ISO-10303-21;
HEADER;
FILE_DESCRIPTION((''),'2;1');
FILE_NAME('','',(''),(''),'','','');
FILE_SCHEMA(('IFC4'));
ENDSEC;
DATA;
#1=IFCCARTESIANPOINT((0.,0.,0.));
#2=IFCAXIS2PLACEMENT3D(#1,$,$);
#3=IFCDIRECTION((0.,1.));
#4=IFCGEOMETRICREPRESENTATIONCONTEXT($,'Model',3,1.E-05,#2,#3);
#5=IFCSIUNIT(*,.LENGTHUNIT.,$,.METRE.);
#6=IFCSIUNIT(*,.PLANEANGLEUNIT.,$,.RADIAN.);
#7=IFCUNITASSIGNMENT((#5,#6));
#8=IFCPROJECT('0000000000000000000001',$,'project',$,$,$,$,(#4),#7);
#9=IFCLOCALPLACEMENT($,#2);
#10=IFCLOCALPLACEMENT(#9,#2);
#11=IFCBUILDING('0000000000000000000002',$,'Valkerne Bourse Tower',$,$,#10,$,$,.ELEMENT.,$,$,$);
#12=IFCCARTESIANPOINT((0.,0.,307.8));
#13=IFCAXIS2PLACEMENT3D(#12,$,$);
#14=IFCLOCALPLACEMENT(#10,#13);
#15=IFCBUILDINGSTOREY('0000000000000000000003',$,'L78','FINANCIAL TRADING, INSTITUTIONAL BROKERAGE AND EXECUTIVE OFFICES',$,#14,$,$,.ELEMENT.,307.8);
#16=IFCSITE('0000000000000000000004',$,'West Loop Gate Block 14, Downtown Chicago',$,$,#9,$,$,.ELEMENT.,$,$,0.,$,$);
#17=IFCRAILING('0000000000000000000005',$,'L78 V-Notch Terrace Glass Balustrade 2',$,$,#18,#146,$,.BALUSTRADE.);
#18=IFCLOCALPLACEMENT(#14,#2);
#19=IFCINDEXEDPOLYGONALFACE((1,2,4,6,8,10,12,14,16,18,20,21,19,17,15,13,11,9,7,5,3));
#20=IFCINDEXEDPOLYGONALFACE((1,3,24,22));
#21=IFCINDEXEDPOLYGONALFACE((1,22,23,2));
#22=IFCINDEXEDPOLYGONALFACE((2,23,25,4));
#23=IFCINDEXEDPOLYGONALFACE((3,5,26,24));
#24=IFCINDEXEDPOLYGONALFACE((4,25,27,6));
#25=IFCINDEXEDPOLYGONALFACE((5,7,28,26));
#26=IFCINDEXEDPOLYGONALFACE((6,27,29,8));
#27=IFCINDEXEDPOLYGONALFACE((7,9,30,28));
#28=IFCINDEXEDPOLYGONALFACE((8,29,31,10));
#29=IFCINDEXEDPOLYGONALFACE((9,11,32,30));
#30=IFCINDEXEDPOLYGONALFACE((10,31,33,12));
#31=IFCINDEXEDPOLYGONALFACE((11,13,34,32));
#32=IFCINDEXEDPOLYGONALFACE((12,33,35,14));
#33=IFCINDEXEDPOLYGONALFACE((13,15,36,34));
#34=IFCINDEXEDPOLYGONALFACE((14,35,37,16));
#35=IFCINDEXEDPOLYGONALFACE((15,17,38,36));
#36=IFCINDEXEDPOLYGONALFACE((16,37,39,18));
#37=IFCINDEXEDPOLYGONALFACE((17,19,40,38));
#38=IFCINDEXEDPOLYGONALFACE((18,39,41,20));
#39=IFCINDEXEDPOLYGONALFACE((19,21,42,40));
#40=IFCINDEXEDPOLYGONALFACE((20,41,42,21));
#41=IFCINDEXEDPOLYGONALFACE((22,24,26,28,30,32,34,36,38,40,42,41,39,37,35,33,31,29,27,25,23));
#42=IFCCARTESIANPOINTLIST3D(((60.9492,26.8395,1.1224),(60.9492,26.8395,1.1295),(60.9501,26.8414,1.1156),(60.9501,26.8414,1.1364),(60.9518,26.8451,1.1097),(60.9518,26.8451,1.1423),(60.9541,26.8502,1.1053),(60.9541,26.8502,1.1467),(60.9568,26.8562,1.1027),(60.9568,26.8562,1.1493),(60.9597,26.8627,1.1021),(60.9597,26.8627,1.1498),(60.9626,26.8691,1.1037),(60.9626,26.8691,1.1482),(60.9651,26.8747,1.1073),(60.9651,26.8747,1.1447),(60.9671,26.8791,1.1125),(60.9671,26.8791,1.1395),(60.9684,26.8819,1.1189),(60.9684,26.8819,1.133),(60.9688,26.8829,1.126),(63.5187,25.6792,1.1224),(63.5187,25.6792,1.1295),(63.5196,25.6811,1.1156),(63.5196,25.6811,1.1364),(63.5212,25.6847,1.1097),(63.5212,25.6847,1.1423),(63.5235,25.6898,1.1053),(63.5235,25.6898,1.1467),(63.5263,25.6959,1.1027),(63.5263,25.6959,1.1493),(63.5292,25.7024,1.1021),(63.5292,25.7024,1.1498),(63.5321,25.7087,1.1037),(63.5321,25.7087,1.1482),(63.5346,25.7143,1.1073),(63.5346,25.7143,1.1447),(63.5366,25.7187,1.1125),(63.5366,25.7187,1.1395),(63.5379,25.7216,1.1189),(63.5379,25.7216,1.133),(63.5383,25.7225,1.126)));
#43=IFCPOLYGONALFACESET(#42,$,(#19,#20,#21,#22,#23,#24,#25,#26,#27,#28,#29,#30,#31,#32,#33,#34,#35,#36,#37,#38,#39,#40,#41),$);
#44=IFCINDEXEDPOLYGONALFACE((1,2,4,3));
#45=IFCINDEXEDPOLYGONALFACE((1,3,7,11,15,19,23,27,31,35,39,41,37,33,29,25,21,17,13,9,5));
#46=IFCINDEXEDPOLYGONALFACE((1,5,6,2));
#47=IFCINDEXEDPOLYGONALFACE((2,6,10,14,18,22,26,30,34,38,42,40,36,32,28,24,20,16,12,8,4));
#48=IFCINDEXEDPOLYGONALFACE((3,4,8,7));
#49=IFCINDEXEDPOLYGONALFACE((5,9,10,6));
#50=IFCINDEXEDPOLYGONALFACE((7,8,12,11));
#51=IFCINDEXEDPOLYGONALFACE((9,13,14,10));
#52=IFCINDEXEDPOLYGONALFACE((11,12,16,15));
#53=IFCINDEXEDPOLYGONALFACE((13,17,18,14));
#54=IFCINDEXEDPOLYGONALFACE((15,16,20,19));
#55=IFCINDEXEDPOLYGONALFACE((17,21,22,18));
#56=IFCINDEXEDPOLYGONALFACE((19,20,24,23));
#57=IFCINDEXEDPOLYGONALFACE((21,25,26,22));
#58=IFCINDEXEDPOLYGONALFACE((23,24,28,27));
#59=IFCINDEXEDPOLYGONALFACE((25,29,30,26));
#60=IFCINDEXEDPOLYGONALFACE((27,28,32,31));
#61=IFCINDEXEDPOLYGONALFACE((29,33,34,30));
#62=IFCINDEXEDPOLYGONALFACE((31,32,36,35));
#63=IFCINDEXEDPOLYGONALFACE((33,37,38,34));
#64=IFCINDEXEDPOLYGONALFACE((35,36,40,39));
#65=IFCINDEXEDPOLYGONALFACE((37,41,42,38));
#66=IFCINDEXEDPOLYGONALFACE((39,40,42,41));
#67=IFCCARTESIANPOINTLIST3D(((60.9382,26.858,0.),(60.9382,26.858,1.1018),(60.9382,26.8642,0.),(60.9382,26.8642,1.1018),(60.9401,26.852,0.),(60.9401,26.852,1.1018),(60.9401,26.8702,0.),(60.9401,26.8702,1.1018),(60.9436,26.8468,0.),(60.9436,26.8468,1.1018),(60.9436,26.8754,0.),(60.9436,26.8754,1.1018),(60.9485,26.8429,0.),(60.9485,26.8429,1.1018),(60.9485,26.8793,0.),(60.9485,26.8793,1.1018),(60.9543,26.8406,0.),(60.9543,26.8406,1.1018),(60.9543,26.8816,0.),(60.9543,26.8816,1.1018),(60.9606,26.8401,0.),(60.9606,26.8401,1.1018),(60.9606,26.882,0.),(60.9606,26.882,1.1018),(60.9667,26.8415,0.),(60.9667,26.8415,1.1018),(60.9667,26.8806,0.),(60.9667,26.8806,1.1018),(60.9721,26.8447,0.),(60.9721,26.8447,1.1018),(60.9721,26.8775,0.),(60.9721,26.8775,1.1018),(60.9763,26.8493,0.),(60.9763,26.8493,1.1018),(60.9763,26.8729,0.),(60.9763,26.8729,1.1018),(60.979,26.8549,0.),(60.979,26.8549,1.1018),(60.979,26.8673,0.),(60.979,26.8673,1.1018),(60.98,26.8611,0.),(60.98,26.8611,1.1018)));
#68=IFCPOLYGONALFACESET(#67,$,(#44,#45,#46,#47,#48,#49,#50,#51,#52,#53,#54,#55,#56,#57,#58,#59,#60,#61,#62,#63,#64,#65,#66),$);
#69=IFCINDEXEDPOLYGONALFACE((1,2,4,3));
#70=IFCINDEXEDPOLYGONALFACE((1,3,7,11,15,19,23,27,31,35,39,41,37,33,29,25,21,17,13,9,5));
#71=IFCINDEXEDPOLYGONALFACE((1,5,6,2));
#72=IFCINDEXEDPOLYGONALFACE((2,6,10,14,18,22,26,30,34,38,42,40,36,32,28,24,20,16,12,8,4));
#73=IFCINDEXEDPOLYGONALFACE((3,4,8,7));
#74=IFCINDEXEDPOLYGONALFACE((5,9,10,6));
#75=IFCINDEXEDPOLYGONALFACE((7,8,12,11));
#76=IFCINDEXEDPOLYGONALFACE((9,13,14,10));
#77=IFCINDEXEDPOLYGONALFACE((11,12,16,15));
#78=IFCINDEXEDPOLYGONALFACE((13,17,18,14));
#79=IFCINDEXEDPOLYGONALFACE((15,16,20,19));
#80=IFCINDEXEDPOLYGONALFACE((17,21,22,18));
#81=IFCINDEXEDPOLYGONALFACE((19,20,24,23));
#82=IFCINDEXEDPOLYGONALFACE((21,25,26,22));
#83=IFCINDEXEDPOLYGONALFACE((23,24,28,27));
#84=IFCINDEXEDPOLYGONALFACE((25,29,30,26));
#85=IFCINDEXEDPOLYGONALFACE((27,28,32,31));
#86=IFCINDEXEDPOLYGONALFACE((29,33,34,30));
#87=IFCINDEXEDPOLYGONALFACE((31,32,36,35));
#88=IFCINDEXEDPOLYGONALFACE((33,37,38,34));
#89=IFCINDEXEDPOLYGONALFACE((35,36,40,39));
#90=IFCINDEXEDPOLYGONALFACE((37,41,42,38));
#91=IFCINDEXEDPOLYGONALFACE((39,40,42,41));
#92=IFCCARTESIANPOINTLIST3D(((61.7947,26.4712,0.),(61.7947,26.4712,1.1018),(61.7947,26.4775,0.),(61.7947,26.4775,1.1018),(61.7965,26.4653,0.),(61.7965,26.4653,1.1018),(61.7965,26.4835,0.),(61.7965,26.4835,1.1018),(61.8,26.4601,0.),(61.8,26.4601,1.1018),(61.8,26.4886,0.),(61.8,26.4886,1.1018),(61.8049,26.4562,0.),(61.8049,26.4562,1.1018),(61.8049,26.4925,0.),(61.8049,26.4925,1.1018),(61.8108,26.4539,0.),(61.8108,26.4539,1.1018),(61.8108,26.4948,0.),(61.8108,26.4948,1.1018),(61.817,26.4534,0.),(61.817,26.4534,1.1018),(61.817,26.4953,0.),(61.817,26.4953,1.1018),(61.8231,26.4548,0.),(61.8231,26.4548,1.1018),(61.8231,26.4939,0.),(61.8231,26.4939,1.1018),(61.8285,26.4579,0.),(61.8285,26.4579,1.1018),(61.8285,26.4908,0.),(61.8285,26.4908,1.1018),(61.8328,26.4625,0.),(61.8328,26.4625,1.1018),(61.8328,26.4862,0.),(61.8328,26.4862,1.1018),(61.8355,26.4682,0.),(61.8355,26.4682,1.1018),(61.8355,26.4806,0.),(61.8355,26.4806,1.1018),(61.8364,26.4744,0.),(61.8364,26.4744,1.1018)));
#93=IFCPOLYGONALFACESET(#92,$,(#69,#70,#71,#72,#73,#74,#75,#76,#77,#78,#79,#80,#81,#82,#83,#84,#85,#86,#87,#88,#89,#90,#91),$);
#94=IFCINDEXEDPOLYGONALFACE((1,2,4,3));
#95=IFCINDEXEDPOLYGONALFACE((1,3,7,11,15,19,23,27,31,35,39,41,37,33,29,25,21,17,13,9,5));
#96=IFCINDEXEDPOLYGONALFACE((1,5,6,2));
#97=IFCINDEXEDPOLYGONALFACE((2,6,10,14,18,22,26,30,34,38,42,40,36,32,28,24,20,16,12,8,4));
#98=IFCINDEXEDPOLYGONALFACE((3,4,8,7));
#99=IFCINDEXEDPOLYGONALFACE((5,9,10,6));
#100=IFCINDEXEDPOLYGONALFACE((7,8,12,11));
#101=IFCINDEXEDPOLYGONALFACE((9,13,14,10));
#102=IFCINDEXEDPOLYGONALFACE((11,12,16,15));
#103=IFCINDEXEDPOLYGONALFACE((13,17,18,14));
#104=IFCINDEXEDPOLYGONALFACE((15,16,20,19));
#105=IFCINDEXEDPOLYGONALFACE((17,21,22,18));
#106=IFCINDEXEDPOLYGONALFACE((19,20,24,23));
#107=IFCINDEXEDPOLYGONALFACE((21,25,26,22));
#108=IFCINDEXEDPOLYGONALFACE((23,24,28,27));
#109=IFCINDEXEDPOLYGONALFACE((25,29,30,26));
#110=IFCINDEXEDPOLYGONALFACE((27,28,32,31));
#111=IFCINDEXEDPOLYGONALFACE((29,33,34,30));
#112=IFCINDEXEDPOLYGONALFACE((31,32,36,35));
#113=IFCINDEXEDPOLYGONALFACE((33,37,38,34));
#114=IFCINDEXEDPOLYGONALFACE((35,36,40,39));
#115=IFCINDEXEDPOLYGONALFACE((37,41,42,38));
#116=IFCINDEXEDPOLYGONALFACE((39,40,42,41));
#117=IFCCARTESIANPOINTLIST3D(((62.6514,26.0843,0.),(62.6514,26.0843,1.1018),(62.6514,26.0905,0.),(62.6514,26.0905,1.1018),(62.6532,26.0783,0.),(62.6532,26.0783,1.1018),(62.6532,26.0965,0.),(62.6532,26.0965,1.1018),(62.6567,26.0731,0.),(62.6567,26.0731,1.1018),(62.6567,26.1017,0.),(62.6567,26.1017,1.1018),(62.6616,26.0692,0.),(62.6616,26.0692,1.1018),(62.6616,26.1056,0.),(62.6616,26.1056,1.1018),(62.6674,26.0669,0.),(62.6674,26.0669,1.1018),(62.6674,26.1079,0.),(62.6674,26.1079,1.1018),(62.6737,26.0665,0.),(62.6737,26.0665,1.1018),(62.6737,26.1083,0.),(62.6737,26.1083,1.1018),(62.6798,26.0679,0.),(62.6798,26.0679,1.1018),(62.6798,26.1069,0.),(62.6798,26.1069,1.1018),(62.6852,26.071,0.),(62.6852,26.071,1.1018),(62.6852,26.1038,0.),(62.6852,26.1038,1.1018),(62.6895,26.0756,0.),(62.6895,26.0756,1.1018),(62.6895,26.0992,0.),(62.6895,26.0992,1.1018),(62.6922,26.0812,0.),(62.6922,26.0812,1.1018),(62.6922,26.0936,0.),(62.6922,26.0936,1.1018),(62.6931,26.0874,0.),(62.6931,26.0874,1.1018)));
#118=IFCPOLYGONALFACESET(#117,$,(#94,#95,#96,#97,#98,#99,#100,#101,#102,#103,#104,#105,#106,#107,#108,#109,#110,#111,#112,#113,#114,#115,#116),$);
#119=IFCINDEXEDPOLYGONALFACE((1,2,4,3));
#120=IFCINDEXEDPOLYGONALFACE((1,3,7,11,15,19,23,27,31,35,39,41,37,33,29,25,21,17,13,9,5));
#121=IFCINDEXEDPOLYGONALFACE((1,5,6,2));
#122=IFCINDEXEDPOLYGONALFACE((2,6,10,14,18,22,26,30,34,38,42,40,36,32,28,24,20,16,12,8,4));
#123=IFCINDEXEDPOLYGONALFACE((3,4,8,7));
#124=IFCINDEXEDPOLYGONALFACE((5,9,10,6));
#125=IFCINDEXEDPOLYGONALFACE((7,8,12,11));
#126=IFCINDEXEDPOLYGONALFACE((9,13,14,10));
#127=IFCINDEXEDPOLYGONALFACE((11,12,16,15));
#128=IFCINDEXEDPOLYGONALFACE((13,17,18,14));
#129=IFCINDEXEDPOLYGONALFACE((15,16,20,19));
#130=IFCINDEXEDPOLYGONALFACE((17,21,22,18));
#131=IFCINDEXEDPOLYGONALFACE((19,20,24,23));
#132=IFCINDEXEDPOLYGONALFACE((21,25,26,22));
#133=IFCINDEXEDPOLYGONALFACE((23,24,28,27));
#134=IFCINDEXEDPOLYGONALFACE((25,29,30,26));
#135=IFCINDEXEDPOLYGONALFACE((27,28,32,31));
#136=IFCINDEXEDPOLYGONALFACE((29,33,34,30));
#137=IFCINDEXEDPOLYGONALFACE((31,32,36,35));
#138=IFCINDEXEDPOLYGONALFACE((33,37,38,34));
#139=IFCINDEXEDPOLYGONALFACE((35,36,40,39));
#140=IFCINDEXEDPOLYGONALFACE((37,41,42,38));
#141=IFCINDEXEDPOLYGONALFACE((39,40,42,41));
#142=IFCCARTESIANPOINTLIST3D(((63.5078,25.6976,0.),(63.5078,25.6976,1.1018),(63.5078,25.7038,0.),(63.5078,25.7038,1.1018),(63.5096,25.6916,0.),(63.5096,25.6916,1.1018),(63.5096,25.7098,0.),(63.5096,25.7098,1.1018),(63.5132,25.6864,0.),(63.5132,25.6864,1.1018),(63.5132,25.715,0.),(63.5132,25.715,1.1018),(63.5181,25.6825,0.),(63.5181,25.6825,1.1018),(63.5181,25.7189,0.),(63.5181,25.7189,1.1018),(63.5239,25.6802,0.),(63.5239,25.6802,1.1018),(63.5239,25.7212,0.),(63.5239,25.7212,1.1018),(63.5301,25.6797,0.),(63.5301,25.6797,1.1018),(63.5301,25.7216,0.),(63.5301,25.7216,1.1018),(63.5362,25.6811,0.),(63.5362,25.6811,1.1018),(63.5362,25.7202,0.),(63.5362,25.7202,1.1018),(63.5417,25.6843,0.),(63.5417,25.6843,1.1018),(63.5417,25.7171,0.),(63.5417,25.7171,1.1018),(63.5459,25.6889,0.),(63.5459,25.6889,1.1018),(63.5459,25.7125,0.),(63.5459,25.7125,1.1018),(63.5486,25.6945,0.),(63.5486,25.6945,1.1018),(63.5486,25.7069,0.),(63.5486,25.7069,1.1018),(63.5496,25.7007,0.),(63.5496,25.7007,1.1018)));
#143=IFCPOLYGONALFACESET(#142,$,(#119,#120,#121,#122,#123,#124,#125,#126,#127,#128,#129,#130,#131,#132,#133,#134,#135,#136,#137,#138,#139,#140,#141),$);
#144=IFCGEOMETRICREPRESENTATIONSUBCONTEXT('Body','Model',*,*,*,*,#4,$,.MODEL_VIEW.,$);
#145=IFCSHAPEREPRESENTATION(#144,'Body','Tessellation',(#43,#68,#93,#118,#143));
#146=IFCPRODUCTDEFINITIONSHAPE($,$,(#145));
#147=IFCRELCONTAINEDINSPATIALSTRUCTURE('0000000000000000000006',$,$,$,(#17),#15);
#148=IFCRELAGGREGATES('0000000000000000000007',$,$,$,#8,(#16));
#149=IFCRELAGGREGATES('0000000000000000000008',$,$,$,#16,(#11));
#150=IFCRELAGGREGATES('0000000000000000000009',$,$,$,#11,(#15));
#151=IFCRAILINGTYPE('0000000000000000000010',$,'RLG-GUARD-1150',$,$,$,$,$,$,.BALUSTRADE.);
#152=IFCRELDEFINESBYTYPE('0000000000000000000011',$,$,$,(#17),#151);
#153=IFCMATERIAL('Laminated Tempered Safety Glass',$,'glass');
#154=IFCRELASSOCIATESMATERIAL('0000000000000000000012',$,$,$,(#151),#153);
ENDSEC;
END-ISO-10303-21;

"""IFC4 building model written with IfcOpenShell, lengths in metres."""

from ifc_helpers import new_model, si_unit, direction, frame, origin, origin_2d, place, context, subcontext, project, spatial, circle, extrude, material, type_object, element, save


model = new_model("IFC4")

# Units and contexts
model_context = context("Model", 3, precision=1e-05, world=origin(), true_north=direction((0.0, 1.0)))
body_context = subcontext(model_context, "Body", "Model", "MODEL_VIEW")
ifc_project = project(units=[si_unit("LENGTHUNIT", "METRE"), si_unit("PLANEANGLEUNIT", "RADIAN")], contexts=[model_context])

# Site, building, storey
site_placement = place(None, origin())
site = spatial("IfcSite", under=ifc_project, at=site_placement, Name="West Loop Gate Block 14, Downtown Chicago", CompositionType="ELEMENT", RefElevation=0.0)
building_placement = place(site_placement, origin())
building = spatial("IfcBuilding", under=site, at=building_placement, Name="Valkerne Bourse Tower", CompositionType="ELEMENT")
storey_placement = place(building_placement, frame((0.0, 0.0, 307.8)))
storey = spatial("IfcBuildingStorey", under=building, at=storey_placement, Name="L78", Description="FINANCIAL TRADING, INSTITUTIONAL BROKERAGE AND EXECUTIVE OFFICES", CompositionType="ELEMENT", Elevation=307.8)

# Railing
ifc_material_1 = material(Name="Laminated Tempered Safety Glass", Category="glass")
railing_type = type_object("IfcRailingType", Name="RLG-GUARD-1150", PredefinedType="BALUSTRADE", material=ifc_material_1)
railing_1_placement = place(storey_placement, frame((60.959, 26.8611, 0.0)))
element("IfcRailing", 1, at=railing_1_placement, inside=storey, type_object=railing_type, Name="L78 V-Notch Terrace Glass Balustrade 2", PredefinedType="BALUSTRADE", context=body_context, shape_type="SweptSolid", body=[
    extrude(circle(Radius=0.0239, at=origin_2d()), frame((0.0, 0.0, 1.126), z_axis=(0.911378, -0.41157, 0.0), x_axis=(0.41157, 0.911378, 0.0)), (0.0, 0.0, 1.0), 2.8193),
    extrude(circle(Radius=0.021, at=origin_2d()), origin(), (0.0, 0.0, 1.0), 1.1018),
    extrude(circle(Radius=0.021, at=origin_2d()), frame((0.8564, -0.3867, 0.0)), (0.0, 0.0, 1.0), 1.1018),
    extrude(circle(Radius=0.021, at=origin_2d()), frame((1.7131, -0.7737, 0.0)), (0.0, 0.0, 1.0), 1.1018),
    extrude(circle(Radius=0.021, at=origin_2d()), frame((2.5696, -1.1604, 0.0)), (0.0, 0.0, 1.0), 1.1018),
])

save(model, "model.ifc")
